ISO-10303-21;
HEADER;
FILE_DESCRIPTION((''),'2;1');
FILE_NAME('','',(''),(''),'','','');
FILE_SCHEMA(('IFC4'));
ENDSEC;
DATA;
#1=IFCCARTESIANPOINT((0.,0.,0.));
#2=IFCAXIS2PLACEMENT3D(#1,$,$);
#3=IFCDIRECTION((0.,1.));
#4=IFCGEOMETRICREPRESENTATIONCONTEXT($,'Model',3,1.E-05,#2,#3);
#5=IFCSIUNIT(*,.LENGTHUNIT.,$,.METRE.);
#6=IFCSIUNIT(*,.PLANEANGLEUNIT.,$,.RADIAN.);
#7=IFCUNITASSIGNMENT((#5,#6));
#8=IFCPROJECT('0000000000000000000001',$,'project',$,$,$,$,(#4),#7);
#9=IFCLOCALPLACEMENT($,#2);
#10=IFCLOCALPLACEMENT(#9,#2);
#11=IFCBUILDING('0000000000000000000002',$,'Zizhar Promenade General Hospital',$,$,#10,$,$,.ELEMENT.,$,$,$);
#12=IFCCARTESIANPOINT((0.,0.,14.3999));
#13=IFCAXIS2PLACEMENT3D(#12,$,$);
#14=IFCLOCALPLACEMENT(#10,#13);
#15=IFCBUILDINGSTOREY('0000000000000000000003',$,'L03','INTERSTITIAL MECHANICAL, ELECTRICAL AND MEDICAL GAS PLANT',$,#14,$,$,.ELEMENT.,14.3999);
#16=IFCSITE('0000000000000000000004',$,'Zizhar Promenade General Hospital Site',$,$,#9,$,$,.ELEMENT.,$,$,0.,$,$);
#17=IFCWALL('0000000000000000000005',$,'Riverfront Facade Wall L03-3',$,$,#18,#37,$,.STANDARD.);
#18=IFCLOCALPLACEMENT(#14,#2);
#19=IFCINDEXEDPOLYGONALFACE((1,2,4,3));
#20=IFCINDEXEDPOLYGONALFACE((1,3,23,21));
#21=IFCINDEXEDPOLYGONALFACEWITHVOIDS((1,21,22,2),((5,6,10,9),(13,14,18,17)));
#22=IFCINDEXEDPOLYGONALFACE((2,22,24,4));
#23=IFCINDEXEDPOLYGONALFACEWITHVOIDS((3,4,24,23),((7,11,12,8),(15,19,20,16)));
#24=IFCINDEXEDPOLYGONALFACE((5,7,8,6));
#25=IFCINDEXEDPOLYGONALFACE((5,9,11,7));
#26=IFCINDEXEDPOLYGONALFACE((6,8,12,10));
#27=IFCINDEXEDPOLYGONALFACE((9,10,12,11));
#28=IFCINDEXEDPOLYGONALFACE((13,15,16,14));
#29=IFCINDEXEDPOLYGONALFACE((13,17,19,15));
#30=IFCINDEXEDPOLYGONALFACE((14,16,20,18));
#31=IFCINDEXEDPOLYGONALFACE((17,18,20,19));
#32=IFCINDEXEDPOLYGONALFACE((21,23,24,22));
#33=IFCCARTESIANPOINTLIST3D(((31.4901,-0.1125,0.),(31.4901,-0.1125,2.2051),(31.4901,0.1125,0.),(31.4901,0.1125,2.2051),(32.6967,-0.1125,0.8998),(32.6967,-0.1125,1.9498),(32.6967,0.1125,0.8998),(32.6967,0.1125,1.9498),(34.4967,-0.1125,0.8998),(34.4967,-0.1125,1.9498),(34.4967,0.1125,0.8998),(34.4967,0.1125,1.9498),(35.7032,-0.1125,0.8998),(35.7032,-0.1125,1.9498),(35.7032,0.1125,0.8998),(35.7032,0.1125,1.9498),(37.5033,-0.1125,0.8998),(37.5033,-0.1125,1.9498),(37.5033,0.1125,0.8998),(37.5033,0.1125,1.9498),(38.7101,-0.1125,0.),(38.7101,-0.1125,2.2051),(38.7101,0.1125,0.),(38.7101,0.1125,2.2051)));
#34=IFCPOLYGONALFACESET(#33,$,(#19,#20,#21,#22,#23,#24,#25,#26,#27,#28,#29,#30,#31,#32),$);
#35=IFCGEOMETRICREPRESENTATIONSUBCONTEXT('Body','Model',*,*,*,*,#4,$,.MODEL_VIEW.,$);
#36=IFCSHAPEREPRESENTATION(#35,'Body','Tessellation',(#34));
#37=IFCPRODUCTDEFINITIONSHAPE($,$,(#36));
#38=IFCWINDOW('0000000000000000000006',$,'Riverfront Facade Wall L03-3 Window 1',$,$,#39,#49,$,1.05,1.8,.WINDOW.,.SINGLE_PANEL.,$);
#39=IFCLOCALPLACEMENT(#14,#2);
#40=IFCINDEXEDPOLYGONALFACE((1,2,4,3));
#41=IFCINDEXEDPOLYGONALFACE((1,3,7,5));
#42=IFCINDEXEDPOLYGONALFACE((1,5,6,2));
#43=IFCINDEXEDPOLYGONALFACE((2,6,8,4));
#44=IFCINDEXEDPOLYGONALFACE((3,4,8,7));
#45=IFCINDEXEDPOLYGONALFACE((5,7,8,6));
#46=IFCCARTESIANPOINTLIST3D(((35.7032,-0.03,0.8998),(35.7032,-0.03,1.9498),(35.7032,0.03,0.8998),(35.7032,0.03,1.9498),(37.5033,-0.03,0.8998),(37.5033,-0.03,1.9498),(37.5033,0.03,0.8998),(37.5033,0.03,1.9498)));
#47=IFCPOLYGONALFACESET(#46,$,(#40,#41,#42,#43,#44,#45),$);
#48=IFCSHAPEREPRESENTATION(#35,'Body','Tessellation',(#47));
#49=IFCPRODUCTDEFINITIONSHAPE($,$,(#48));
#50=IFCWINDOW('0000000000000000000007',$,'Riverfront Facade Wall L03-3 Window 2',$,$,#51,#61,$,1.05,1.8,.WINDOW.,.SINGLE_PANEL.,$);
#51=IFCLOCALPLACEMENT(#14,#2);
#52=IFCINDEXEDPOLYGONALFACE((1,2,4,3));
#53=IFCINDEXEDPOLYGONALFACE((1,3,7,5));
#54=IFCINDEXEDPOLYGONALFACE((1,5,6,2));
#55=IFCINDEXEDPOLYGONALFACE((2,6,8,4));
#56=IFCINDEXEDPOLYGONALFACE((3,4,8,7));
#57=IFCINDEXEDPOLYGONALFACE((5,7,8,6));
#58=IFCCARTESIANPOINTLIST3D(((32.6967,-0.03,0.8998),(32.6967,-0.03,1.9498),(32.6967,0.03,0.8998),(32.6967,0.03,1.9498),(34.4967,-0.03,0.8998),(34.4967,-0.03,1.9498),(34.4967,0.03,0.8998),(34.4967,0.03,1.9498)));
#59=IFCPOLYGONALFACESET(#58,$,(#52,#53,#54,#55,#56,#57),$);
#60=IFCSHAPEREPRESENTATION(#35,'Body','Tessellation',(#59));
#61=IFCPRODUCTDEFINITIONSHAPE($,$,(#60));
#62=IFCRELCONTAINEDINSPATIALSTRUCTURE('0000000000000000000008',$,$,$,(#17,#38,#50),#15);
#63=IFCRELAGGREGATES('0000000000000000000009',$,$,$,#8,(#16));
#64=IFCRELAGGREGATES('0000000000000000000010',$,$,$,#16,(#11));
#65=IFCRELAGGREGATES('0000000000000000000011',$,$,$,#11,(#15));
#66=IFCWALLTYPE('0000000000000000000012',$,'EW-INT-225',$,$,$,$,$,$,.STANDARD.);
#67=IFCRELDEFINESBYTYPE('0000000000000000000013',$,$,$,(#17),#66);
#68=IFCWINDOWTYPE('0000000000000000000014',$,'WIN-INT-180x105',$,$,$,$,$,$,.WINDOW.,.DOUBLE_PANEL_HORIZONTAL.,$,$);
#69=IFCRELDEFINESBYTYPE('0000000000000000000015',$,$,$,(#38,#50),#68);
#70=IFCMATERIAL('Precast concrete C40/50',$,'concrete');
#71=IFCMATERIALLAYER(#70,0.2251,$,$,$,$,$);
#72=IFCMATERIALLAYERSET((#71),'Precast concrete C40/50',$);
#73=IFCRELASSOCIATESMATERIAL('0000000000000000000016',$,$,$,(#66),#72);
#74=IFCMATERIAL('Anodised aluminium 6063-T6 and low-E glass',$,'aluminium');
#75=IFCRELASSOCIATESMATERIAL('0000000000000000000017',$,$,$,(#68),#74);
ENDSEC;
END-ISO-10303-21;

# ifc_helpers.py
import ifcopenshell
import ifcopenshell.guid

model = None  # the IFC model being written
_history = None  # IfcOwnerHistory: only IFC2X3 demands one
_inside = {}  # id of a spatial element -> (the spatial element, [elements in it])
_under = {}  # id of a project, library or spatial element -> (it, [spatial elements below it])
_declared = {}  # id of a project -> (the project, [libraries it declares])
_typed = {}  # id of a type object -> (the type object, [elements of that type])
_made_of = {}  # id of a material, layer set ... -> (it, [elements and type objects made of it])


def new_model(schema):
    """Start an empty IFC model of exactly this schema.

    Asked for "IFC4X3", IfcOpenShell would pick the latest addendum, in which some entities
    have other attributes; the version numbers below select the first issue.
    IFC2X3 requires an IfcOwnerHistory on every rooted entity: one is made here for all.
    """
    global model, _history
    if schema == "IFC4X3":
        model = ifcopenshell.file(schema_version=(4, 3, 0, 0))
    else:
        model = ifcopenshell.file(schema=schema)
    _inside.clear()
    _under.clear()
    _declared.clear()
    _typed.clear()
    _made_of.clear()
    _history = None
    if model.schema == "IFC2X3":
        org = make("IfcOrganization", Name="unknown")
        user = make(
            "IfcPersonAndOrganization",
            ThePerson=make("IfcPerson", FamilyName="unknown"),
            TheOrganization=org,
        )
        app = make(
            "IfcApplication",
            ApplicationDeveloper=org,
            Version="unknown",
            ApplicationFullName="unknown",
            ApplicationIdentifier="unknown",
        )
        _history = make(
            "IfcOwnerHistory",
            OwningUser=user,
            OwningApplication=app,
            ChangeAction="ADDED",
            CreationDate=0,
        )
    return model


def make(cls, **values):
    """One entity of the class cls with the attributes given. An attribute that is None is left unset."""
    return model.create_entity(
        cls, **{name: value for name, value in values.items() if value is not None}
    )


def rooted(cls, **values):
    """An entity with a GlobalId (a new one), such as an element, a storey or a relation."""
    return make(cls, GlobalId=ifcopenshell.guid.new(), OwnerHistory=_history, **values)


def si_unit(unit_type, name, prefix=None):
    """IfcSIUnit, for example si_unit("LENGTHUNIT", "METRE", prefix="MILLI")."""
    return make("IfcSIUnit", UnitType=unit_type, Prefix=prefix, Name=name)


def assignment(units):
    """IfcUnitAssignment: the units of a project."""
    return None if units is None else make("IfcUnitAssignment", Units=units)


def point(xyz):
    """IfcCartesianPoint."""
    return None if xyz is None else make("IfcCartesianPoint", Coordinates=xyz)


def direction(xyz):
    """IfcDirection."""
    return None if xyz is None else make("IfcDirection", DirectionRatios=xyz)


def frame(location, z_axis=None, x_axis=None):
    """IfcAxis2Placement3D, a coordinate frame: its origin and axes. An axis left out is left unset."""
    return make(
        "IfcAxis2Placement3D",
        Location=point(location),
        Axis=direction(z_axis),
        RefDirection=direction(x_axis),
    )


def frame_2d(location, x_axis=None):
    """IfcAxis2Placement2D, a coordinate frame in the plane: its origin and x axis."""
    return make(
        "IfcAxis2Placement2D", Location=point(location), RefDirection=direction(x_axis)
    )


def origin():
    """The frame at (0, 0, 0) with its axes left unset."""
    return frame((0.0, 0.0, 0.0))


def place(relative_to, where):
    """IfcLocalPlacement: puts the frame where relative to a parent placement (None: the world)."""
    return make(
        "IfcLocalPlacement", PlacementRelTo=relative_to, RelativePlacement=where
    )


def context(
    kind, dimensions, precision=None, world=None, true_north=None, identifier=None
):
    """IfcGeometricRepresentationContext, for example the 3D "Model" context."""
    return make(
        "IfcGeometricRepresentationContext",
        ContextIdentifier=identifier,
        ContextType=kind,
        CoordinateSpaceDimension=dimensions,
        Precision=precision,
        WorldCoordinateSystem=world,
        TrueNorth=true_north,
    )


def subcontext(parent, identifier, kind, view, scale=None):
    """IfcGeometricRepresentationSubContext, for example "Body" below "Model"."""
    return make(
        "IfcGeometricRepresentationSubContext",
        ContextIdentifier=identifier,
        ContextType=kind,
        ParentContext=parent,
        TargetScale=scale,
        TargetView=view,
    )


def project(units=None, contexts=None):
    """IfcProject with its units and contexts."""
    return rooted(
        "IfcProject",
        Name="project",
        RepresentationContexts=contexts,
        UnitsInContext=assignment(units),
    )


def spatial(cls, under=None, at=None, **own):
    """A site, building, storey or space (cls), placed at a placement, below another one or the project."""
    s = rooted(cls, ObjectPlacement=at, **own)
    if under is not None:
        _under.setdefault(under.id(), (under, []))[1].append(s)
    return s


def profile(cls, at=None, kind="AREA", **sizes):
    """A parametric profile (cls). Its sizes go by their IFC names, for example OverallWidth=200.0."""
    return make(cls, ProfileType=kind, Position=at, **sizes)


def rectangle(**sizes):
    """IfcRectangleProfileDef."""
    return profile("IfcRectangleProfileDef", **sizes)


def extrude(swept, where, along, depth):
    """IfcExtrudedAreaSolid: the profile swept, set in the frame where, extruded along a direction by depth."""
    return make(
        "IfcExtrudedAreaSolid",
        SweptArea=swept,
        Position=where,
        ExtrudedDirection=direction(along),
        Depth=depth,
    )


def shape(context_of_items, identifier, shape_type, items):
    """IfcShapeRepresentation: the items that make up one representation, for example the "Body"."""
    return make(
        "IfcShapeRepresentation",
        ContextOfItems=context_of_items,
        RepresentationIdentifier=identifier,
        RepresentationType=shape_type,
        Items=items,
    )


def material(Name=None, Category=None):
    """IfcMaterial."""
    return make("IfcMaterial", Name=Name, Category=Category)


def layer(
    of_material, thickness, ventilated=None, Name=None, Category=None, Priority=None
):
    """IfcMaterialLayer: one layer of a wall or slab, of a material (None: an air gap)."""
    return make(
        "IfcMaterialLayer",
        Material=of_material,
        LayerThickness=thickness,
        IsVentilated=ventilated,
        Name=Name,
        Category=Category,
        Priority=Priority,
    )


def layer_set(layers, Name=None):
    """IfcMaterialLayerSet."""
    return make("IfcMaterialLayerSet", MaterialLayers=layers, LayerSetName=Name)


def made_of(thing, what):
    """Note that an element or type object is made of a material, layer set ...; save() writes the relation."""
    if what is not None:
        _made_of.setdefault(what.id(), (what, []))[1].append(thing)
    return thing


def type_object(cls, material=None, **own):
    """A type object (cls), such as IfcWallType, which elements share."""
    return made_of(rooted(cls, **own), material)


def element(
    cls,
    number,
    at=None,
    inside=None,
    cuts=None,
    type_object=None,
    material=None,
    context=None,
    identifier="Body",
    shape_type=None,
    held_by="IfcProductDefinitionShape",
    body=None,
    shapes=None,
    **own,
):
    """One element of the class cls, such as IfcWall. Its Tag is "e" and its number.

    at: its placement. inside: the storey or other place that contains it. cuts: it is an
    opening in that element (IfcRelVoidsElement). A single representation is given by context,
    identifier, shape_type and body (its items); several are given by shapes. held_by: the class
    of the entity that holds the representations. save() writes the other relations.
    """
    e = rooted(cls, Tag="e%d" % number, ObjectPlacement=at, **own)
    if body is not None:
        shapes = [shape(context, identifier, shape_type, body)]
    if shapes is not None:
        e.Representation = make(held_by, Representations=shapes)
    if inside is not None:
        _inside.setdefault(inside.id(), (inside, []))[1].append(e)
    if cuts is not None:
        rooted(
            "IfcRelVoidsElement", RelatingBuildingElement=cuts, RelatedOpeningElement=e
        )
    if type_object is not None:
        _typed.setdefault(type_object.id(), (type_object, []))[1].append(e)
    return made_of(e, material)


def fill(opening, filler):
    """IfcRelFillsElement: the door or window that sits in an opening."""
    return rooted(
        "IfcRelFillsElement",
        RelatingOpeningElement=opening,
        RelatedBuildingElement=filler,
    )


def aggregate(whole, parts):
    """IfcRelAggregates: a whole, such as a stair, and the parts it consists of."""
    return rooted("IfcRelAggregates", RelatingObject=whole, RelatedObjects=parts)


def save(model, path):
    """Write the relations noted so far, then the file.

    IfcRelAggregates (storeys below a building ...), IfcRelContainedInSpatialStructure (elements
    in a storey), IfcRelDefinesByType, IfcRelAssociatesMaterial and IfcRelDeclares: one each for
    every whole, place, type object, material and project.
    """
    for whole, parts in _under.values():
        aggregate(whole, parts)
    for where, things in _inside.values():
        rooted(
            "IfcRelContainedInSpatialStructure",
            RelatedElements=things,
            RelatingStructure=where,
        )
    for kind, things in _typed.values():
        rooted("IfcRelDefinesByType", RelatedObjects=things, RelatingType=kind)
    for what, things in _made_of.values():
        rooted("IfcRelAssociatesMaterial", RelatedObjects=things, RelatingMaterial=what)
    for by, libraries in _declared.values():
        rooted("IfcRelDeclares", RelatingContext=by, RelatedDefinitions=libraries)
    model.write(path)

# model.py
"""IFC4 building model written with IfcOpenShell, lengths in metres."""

from ifc_helpers import new_model, si_unit, direction, frame, frame_2d, origin, place, context, subcontext, project, spatial, rectangle, extrude, material, layer, layer_set, type_object, element, fill, save


model = new_model("IFC4")

# Units and contexts
model_context = context("Model", 3, precision=1e-05, world=origin(), true_north=direction((0.0, 1.0)))
body_context = subcontext(model_context, "Body", "Model", "MODEL_VIEW")
ifc_project = project(units=[si_unit("LENGTHUNIT", "METRE"), si_unit("PLANEANGLEUNIT", "RADIAN")], contexts=[model_context])

# Site, building, storey
site_placement = place(None, origin())
site = spatial("IfcSite", under=ifc_project, at=site_placement, Name="Zizhar Promenade General Hospital Site", CompositionType="ELEMENT", RefElevation=0.0)
building_placement = place(site_placement, origin())
building = spatial("IfcBuilding", under=site, at=building_placement, Name="Zizhar Promenade General Hospital", CompositionType="ELEMENT")
storey_placement = place(building_placement, frame((0.0, 0.0, 14.3999)))
storey = spatial("IfcBuildingStorey", under=building, at=storey_placement, Name="L03", Description="INTERSTITIAL MECHANICAL, ELECTRICAL AND MEDICAL GAS PLANT", CompositionType="ELEMENT", Elevation=14.3999)

# Wall, openings, windows
ifc_material_1 = material(Name="Precast concrete C40/50", Category="concrete")
ifc_layer = layer(ifc_material_1, 0.2251)
ifc_layer_set = layer_set([ifc_layer], Name="Precast concrete C40/50")
wall_type = type_object("IfcWallType", Name="EW-INT-225", PredefinedType="STANDARD", material=ifc_layer_set)
ifc_material_2 = material(Name="Anodised aluminium 6063-T6 and low-E glass", Category="aluminium")
window_type = type_object("IfcWindowType", Name="WIN-INT-180x105", PartitioningType="DOUBLE_PANEL_HORIZONTAL", PredefinedType="WINDOW", material=ifc_material_2)
wall_1_placement = place(storey_placement, frame((38.71, 0.0, 0.0), z_axis=(0.0, 0.0, 1.0), x_axis=(-1.0, 0.0, 0.0)))
wall_1 = element("IfcWall", 1, at=wall_1_placement, inside=storey, type_object=wall_type, Name="Riverfront Facade Wall L03-3", PredefinedType="STANDARD", context=body_context, shape_type="SweptSolid", body=[
    extrude(rectangle(XDim=7.22, YDim=0.2251, at=frame_2d((3.6099, 0.0))), origin(), (0.0, 0.0, 1.0), 2.2051),
])
opening_1_placement = place(wall_1_placement, frame((1.2068, 0.0, 0.8999)))
opening_1 = element("IfcOpeningElement", 2, at=opening_1_placement, cuts=wall_1, PredefinedType="OPENING", context=body_context, shape_type="SweptSolid", body=[
    extrude(rectangle(XDim=1.8, YDim=1.05, at=frame_2d((0.8999, 0.5249))), frame((0.0, 0.1226, 0.0), z_axis=(0.0, -1.0, 0.0), x_axis=(1.0, 0.0, 0.0)), (0.0, 0.0, 1.0), 0.2451),
])
opening_2_placement = place(wall_1_placement, frame((4.2134, 0.0, 0.8999)))
opening_2 = element("IfcOpeningElement", 3, at=opening_2_placement, cuts=wall_1, PredefinedType="OPENING", context=body_context, shape_type="SweptSolid", body=[
    extrude(rectangle(XDim=1.8, YDim=1.05, at=frame_2d((0.8999, 0.5249))), frame((0.0, 0.1226, 0.0), z_axis=(0.0, -1.0, 0.0), x_axis=(1.0, 0.0, 0.0)), (0.0, 0.0, 1.0), 0.2451),
])
window_1_placement = place(opening_1_placement, origin())
window_1 = element("IfcWindow", 4, at=window_1_placement, inside=storey, type_object=window_type, Name="Riverfront Facade Wall L03-3 Window 1", OverallHeight=1.05, OverallWidth=1.8, PartitioningType="SINGLE_PANEL", PredefinedType="WINDOW", context=body_context, shape_type="SweptSolid", body=[
    extrude(rectangle(XDim=1.8, YDim=1.05, at=frame_2d((0.8999, 0.5249))), frame((0.0, 0.03, 0.0), z_axis=(0.0, -1.0, 0.0), x_axis=(1.0, 0.0, 0.0)), (0.0, 0.0, 1.0), 0.0601),
])
fill(opening_1, window_1)
window_2_placement = place(opening_2_placement, origin())
window_2 = element("IfcWindow", 5, at=window_2_placement, inside=storey, type_object=window_type, Name="Riverfront Facade Wall L03-3 Window 2", OverallHeight=1.05, OverallWidth=1.8, PartitioningType="SINGLE_PANEL", PredefinedType="WINDOW", context=body_context, shape_type="SweptSolid", body=[
    extrude(rectangle(XDim=1.8, YDim=1.05, at=frame_2d((0.8999, 0.5249))), frame((0.0, 0.03, 0.0), z_axis=(0.0, -1.0, 0.0), x_axis=(1.0, 0.0, 0.0)), (0.0, 0.0, 1.0), 0.0601),
])
fill(opening_2, window_2)

save(model, "model.ifc")
